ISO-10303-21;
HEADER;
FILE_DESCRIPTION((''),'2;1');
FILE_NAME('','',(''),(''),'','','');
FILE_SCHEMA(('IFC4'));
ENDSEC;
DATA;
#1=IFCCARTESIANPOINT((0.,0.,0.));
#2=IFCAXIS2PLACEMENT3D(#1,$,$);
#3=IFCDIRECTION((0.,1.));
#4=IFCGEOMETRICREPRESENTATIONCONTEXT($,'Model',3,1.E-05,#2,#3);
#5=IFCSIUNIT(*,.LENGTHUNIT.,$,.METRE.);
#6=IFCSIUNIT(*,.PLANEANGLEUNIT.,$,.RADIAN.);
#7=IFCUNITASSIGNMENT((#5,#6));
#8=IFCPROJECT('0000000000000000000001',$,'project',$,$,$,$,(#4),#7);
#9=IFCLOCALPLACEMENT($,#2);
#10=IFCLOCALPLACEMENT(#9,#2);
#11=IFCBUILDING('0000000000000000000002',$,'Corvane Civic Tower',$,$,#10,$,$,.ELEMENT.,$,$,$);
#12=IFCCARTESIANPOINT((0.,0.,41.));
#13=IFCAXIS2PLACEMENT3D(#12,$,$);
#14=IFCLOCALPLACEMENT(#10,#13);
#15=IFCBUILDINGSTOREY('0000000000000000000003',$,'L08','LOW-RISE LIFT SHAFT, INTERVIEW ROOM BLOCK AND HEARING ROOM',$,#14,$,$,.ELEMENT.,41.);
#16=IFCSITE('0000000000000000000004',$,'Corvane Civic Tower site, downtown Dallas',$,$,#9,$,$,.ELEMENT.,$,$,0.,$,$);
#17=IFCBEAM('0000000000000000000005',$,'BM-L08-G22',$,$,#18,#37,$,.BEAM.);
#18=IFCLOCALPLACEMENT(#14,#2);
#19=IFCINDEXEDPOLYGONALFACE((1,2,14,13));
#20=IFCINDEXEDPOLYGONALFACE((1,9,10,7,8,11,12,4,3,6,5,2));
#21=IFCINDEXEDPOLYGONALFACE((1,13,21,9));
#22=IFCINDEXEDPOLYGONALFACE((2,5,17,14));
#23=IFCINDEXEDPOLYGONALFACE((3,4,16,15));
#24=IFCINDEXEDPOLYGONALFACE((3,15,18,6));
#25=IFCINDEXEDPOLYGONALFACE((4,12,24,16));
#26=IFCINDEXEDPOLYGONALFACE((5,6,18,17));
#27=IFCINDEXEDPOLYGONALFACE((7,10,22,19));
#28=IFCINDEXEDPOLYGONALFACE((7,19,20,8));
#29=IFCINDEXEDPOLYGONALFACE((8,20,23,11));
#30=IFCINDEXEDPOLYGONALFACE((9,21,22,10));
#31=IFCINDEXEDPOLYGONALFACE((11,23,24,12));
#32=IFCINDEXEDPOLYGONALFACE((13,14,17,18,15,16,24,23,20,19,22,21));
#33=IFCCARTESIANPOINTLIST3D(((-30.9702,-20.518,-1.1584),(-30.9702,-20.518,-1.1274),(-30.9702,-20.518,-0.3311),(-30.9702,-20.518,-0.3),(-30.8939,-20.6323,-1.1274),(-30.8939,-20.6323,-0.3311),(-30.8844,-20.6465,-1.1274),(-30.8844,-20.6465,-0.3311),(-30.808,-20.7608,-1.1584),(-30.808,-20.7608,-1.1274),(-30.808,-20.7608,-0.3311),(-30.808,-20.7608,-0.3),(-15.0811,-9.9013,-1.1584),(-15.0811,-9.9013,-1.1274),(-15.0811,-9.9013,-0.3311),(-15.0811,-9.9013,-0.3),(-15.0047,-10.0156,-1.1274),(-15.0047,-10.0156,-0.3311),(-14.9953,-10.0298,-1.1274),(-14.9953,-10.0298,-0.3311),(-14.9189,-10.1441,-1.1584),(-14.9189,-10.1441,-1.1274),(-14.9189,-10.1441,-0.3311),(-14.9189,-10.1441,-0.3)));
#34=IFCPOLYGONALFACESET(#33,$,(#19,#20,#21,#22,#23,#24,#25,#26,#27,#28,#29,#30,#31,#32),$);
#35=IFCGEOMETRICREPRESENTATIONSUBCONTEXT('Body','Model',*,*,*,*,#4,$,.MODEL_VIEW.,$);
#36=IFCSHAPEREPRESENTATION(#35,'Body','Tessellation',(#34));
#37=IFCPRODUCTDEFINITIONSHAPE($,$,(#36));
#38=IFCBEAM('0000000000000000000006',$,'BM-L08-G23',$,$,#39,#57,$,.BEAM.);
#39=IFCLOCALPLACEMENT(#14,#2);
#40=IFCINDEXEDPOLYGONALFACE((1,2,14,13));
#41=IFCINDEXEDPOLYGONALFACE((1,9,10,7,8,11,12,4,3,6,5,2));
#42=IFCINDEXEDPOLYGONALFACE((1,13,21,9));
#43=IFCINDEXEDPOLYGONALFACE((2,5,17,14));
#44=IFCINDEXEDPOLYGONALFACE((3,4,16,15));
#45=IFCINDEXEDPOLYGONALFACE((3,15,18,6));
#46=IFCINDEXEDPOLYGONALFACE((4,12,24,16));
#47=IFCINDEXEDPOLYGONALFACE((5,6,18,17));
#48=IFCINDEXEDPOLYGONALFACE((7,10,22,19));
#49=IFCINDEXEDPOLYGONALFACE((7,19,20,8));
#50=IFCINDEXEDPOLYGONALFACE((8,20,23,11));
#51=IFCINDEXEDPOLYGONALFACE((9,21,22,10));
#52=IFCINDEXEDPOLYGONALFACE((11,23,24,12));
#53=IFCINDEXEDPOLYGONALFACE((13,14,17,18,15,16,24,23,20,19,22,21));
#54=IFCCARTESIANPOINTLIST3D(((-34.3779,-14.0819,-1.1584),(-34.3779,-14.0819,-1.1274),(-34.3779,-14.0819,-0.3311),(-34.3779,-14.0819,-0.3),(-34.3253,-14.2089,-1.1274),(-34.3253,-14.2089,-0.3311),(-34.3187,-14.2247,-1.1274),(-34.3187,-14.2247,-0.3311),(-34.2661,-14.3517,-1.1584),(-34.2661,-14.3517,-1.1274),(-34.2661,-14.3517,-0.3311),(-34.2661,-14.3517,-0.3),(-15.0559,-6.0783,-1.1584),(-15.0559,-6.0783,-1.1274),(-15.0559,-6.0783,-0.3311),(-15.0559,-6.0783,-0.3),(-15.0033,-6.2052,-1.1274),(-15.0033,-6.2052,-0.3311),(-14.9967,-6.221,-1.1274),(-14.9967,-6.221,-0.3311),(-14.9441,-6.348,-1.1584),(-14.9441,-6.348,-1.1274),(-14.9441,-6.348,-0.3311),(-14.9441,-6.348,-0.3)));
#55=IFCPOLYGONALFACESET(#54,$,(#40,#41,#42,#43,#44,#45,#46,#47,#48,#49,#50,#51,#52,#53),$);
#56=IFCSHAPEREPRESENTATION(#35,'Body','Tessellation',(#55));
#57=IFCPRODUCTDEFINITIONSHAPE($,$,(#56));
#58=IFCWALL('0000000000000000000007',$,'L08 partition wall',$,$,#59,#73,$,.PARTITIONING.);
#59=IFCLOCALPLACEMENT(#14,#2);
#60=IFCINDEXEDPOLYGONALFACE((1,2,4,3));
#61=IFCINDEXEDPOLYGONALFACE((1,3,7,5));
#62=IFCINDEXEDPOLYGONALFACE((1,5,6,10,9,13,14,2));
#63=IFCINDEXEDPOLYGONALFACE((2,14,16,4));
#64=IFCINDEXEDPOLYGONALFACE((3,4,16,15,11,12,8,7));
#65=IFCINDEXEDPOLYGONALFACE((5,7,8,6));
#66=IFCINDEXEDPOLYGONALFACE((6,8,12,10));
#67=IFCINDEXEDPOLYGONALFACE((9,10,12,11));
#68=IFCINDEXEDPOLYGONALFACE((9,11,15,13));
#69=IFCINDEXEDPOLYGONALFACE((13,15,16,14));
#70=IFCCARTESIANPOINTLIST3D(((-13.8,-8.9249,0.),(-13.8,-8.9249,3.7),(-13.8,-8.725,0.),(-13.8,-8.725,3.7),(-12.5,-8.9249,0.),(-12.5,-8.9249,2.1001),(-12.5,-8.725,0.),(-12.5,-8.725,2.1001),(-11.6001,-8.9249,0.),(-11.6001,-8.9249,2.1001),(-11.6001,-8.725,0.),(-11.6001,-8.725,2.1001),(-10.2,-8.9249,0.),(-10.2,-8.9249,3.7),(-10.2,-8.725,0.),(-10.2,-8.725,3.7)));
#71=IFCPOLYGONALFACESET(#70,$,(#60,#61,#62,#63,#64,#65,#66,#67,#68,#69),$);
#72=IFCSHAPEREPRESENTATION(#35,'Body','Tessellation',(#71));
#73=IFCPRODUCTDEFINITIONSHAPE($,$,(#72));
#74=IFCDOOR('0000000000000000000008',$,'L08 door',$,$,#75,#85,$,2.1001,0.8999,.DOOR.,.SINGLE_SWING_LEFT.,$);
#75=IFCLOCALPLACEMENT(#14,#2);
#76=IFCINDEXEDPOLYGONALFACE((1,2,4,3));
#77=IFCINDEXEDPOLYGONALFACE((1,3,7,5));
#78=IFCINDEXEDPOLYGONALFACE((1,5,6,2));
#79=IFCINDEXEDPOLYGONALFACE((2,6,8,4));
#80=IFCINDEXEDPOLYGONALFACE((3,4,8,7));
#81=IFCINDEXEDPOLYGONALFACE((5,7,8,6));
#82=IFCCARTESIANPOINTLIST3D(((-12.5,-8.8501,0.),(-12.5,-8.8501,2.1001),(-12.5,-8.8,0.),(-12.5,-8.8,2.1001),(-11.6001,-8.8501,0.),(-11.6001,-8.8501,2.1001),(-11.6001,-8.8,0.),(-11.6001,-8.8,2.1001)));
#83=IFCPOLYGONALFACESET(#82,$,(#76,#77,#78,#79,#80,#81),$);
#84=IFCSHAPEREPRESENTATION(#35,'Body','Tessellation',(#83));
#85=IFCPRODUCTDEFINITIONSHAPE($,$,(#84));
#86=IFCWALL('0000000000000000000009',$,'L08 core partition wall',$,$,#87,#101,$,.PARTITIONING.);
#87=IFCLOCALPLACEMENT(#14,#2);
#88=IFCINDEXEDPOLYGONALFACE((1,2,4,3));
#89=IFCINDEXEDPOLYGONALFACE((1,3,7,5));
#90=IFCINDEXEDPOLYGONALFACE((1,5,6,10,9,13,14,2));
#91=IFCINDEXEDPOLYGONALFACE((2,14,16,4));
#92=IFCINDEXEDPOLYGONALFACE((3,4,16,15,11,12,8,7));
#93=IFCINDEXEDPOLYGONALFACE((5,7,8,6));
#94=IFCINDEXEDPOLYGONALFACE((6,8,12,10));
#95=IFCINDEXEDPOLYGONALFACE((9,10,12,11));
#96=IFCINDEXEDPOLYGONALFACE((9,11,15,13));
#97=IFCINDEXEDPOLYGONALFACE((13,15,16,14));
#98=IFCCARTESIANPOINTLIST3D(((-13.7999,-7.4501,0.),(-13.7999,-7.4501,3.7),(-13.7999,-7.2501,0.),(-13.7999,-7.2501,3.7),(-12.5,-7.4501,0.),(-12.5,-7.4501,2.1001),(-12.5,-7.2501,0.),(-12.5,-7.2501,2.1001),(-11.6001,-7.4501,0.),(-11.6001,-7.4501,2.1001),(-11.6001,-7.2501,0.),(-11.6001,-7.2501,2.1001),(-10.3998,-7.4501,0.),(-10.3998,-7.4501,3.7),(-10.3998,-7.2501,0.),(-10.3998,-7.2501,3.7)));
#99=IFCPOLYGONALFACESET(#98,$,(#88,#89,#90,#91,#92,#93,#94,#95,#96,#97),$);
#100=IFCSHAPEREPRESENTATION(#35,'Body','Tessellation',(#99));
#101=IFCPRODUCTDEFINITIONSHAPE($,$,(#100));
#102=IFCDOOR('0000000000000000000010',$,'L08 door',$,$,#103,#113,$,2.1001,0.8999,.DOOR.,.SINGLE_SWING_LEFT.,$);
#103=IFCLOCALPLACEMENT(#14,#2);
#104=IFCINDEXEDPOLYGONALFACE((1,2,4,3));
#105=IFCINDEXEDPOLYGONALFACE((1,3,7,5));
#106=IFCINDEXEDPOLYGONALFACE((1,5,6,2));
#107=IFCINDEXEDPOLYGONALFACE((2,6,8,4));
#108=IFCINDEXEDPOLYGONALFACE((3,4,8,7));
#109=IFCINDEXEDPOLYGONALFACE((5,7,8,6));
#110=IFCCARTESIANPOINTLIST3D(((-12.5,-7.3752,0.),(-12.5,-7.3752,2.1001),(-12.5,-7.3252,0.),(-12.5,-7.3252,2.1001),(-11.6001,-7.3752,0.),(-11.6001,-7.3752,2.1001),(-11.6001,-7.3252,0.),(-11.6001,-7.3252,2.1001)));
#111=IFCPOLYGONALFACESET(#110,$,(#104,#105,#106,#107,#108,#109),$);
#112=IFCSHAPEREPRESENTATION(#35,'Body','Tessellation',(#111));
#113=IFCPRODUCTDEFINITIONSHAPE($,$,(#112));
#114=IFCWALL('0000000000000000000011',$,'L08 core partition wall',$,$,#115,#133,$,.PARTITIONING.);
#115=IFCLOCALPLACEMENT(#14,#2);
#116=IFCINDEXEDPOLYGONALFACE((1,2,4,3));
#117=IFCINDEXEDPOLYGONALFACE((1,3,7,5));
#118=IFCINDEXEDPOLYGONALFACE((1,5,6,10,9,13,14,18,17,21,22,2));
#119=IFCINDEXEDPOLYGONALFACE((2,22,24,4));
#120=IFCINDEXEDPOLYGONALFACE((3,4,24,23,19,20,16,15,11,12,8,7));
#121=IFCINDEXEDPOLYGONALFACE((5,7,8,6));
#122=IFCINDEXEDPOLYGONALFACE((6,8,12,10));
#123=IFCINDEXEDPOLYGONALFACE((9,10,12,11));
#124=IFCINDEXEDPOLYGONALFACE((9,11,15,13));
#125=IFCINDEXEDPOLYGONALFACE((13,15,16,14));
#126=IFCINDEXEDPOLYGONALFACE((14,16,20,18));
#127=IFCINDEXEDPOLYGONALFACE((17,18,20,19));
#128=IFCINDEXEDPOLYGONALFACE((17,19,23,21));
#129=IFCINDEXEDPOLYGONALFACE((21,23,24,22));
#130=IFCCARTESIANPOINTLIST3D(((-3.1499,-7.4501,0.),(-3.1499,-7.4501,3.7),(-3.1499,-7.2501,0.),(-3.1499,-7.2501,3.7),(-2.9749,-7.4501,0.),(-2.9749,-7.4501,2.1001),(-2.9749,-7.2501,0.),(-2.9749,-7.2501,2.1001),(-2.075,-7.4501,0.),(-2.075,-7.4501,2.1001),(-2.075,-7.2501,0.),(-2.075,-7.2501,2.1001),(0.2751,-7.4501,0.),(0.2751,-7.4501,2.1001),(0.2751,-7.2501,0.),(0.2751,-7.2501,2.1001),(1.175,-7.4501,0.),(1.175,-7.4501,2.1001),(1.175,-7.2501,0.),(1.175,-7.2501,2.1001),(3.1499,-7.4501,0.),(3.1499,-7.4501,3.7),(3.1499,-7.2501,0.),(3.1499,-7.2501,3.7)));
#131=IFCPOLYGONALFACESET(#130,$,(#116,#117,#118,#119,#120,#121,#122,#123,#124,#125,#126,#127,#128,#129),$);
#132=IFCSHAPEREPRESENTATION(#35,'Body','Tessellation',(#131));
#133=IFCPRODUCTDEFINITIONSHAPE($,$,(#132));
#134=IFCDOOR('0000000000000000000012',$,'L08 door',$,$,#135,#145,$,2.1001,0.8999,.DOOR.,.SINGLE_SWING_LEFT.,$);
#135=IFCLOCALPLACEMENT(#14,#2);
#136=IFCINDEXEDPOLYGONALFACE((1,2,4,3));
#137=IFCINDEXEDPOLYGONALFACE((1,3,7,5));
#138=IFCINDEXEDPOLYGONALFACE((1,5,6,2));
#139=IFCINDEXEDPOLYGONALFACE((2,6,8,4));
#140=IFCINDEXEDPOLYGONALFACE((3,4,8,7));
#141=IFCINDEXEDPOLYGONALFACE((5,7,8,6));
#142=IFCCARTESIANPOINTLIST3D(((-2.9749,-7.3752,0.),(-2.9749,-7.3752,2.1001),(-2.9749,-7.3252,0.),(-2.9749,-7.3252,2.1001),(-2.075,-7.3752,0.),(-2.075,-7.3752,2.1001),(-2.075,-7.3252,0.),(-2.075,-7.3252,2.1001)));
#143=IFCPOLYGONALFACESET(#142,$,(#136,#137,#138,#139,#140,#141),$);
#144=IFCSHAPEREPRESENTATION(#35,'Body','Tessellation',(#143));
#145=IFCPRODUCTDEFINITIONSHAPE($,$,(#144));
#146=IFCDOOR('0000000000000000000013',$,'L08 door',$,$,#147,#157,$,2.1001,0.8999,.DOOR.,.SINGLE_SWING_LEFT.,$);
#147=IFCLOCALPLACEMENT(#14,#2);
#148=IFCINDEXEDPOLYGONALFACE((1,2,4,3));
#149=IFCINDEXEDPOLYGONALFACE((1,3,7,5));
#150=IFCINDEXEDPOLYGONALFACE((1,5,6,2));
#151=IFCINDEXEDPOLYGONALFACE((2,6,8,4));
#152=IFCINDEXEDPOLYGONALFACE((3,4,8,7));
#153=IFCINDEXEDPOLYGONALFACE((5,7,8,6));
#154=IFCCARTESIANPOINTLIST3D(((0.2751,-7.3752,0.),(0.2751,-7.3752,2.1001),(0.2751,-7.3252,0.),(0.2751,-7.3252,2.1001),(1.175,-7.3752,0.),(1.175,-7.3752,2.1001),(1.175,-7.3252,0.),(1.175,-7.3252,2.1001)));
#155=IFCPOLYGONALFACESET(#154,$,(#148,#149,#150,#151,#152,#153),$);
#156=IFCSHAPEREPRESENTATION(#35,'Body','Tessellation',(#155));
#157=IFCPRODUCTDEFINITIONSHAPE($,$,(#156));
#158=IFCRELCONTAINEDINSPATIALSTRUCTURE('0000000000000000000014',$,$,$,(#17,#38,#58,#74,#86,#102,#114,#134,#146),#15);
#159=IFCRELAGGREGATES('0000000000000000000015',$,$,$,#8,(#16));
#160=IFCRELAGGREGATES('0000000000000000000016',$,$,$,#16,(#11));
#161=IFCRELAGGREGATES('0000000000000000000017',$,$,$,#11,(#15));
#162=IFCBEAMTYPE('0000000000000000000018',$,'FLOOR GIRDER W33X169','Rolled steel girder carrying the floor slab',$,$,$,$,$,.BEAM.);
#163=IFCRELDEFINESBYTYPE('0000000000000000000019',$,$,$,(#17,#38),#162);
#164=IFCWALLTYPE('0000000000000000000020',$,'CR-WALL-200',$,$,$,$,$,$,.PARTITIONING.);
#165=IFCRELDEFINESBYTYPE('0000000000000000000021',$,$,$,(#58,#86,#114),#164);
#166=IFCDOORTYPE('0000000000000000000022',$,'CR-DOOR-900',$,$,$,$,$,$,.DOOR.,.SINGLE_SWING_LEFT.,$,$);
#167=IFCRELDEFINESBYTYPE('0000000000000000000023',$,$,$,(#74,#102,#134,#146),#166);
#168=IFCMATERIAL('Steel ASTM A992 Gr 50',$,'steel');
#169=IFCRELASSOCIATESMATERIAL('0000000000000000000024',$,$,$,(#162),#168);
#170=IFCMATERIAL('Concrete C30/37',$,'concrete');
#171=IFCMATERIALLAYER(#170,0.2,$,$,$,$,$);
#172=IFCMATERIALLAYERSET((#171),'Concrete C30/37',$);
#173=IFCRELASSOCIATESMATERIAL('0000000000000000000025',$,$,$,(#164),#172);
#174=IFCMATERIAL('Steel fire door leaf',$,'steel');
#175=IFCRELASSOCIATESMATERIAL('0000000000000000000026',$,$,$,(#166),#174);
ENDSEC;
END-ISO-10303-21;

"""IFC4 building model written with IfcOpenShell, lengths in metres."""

from ifc_helpers import new_model, si_unit, direction, frame, frame_2d, origin, origin_2d, place, context, subcontext, project, spatial, rectangle, i_section, extrude, material, layer, layer_set, material_profile, profile_set, type_object, element, fill, save


model = new_model("IFC4")

# Units and contexts
model_context = context("Model", 3, precision=1e-05, world=origin(), true_north=direction((0.0, 1.0)))
body_context = subcontext(model_context, "Body", "Model", "MODEL_VIEW")
ifc_project = project(units=[si_unit("LENGTHUNIT", "METRE"), si_unit("PLANEANGLEUNIT", "RADIAN")], contexts=[model_context])

# Site, building, storey
site_placement = place(None, origin())
site = spatial("IfcSite", under=ifc_project, at=site_placement, Name="Corvane Civic Tower site, downtown Dallas", CompositionType="ELEMENT", RefElevation=0.0)
building_placement = place(site_placement, origin())
building = spatial("IfcBuilding", under=site, at=building_placement, Name="Corvane Civic Tower", CompositionType="ELEMENT")
storey_placement = place(building_placement, frame((0.0, 0.0, 41.0)))
storey = spatial("IfcBuildingStorey", under=building, at=storey_placement, Name="L08", Description="LOW-RISE LIFT SHAFT, INTERVIEW ROOM BLOCK AND HEARING ROOM", CompositionType="ELEMENT", Elevation=41.0)

# Beams
ifc_material_1 = material(Name="Steel ASTM A992 Gr 50", Category="steel")
ifc_material_profile = material_profile(ifc_material_1, i_section(OverallWidth=0.292, OverallDepth=0.8584, WebThickness=0.0171, FlangeThickness=0.031, at=origin_2d()), Name="W33X169")
ifc_profile_set = profile_set([ifc_material_profile], Name="Steel ASTM A992 Gr 50")
beam_type = type_object("IfcBeamType", Name="FLOOR GIRDER W33X169", Description="Rolled steel girder carrying the floor slab", PredefinedType="BEAM", material=ifc_profile_set)
beam_1_placement = place(storey_placement, frame((-15.0, -10.0227, -0.7292), z_axis=(-0.831472, -0.555567, 0.0), x_axis=(0.555567, -0.831472, 0.0)))
element("IfcBeam", 1, at=beam_1_placement, inside=storey, type_object=beam_type, Name="BM-L08-G22", PredefinedType="BEAM", context=body_context, shape_type="SweptSolid", body=[
    extrude(i_section(OverallWidth=0.292, OverallDepth=0.8584, WebThickness=0.0171, FlangeThickness=0.031, at=origin_2d()), origin(), (0.0, 0.0, 1.0), 19.1096),
])
beam_2_placement = place(storey_placement, frame((-15.0, -6.2131, -0.7292), z_axis=(-0.923876, -0.382692, 0.0), x_axis=(0.382692, -0.923876, 0.0)))
element("IfcBeam", 2, at=beam_2_placement, inside=storey, type_object=beam_type, Name="BM-L08-G23", PredefinedType="BEAM", context=body_context, shape_type="SweptSolid", body=[
    extrude(i_section(OverallWidth=0.292, OverallDepth=0.8584, WebThickness=0.0171, FlangeThickness=0.031, at=origin_2d()), origin(), (0.0, 0.0, 1.0), 20.9141),
])

# Walls, openings, doors
ifc_material_2 = material(Name="Concrete C30/37", Category="concrete")
ifc_layer_1 = layer(ifc_material_2, 0.2)
ifc_layer_set_1 = layer_set([ifc_layer_1], Name="Concrete C30/37")
wall_type_1 = type_object("IfcWallType", Name="CR-WALL-200", PredefinedType="PARTITIONING", material=ifc_layer_set_1)
wall_1_placement = place(storey_placement, frame((-13.8, -8.825, 0.0), z_axis=(0.0, 0.0, 1.0), x_axis=(1.0, 0.0, 0.0)))
wall_1 = element("IfcWall", 3, at=wall_1_placement, inside=storey, type_object=wall_type_1, Name="L08 partition wall", PredefinedType="PARTITIONING", context=body_context, shape_type="SweptSolid", body=[
    extrude(rectangle(XDim=3.6001, YDim=0.2, at=frame_2d((1.8, 0.0))), origin(), (0.0, 0.0, 1.0), 3.7),
])
opening_1_placement = place(wall_1_placement, frame((1.3, 0.0, 0.0)))
opening_1 = element("IfcOpeningElement", 4, at=opening_1_placement, cuts=wall_1, PredefinedType="OPENING", context=body_context, shape_type="SweptSolid", body=[
    extrude(rectangle(XDim=0.8999, YDim=2.1001, at=frame_2d((0.45, 1.05))), frame((0.0, 0.1099, 0.0), z_axis=(0.0, -1.0, 0.0), x_axis=(1.0, 0.0, 0.0)), (0.0, 0.0, 1.0), 0.22),
])
ifc_material_3 = material(Name="Steel fire door leaf", Category="steel")
door_type_1 = type_object("IfcDoorType", Name="CR-DOOR-900", OperationType="SINGLE_SWING_LEFT", PredefinedType="DOOR", material=ifc_material_3)
door_1_placement = place(opening_1_placement, origin())
door_1 = element("IfcDoor", 5, at=door_1_placement, inside=storey, type_object=door_type_1, Name="L08 door", OperationType="SINGLE_SWING_LEFT", OverallHeight=2.1001, OverallWidth=0.8999, PredefinedType="DOOR", context=body_context, shape_type="SweptSolid", body=[
    extrude(rectangle(XDim=0.8999, YDim=2.1001, at=frame_2d((0.45, 1.05))), frame((0.0, 0.0249, 0.0), z_axis=(0.0, -1.0, 0.0), x_axis=(1.0, 0.0, 0.0)), (0.0, 0.0, 1.0), 0.05),
])
fill(opening_1, door_1)
wall_2_placement = place(storey_placement, frame((-13.8, -7.3501, 0.0), z_axis=(0.0, 0.0, 1.0), x_axis=(1.0, 0.0, 0.0)))
wall_2 = element("IfcWall", 6, at=wall_2_placement, inside=storey, type_object=wall_type_1, Name="L08 core partition wall", PredefinedType="PARTITIONING", context=body_context, shape_type="SweptSolid", body=[
    extrude(rectangle(XDim=3.4001, YDim=0.2, at=frame_2d((1.7002, 0.0))), origin(), (0.0, 0.0, 1.0), 3.7),
])
opening_2_placement = place(wall_2_placement, frame((1.3, 0.0, 0.0)))
opening_2 = element("IfcOpeningElement", 7, at=opening_2_placement, cuts=wall_2, PredefinedType="OPENING", context=body_context, shape_type="SweptSolid", body=[
    extrude(rectangle(XDim=0.8999, YDim=2.1001, at=frame_2d((0.45, 1.05))), frame((0.0, 0.1099, 0.0), z_axis=(0.0, -1.0, 0.0), x_axis=(1.0, 0.0, 0.0)), (0.0, 0.0, 1.0), 0.22),
])
door_2_placement = place(opening_2_placement, origin())
door_2 = element("IfcDoor", 8, at=door_2_placement, inside=storey, type_object=door_type_1, Name="L08 door", OperationType="SINGLE_SWING_LEFT", OverallHeight=2.1001, OverallWidth=0.8999, PredefinedType="DOOR", context=body_context, shape_type="SweptSolid", body=[
    extrude(rectangle(XDim=0.8999, YDim=2.1001, at=frame_2d((0.45, 1.05))), frame((0.0, 0.0249, 0.0), z_axis=(0.0, -1.0, 0.0), x_axis=(1.0, 0.0, 0.0)), (0.0, 0.0, 1.0), 0.05),
])
fill(opening_2, door_2)

# Wall, openings, doors
wall_3_placement = place(storey_placement, frame((-3.1499, -7.3501, 0.0), z_axis=(0.0, 0.0, 1.0), x_axis=(1.0, 0.0, 0.0)))
wall_3 = element("IfcWall", 9, at=wall_3_placement, inside=storey, type_object=wall_type_1, Name="L08 core partition wall", PredefinedType="PARTITIONING", context=body_context, shape_type="SweptSolid", body=[
    extrude(rectangle(XDim=6.2998, YDim=0.2, at=frame_2d((3.1499, 0.0))), origin(), (0.0, 0.0, 1.0), 3.7),
])
opening_3_placement = place(wall_3_placement, frame((0.175, 0.0, 0.0)))
opening_3 = element("IfcOpeningElement", 10, at=opening_3_placement, cuts=wall_3, PredefinedType="OPENING", context=body_context, shape_type="SweptSolid", body=[
    extrude(rectangle(XDim=0.8999, YDim=2.1001, at=frame_2d((0.45, 1.05))), frame((0.0, 0.1099, 0.0), z_axis=(0.0, -1.0, 0.0), x_axis=(1.0, 0.0, 0.0)), (0.0, 0.0, 1.0), 0.22),
])
opening_4_placement = place(wall_3_placement, frame((3.425, 0.0, 0.0)))
opening_4 = element("IfcOpeningElement", 11, at=opening_4_placement, cuts=wall_3, PredefinedType="OPENING", context=body_context, shape_type="SweptSolid", body=[
    extrude(rectangle(XDim=0.8999, YDim=2.1001, at=frame_2d((0.45, 1.05))), frame((0.0, 0.1099, 0.0), z_axis=(0.0, -1.0, 0.0), x_axis=(1.0, 0.0, 0.0)), (0.0, 0.0, 1.0), 0.22),
])
door_3_placement = place(opening_3_placement, origin())
door_3 = element("IfcDoor", 12, at=door_3_placement, inside=storey, type_object=door_type_1, Name="L08 door", OperationType="SINGLE_SWING_LEFT", OverallHeight=2.1001, OverallWidth=0.8999, PredefinedType="DOOR", context=body_context, shape_type="SweptSolid", body=[
    extrude(rectangle(XDim=0.8999, YDim=2.1001, at=frame_2d((0.45, 1.05))), frame((0.0, 0.0249, 0.0), z_axis=(0.0, -1.0, 0.0), x_axis=(1.0, 0.0, 0.0)), (0.0, 0.0, 1.0), 0.05),
])
fill(opening_3, door_3)
door_4_placement = place(opening_4_placement, origin())
door_4 = element("IfcDoor", 13, at=door_4_placement, inside=storey, type_object=door_type_1, Name="L08 door", OperationType="SINGLE_SWING_LEFT", OverallHeight=2.1001, OverallWidth=0.8999, PredefinedType="DOOR", context=body_context, shape_type="SweptSolid", body=[
    extrude(rectangle(XDim=0.8999, YDim=2.1001, at=frame_2d((0.45, 1.05))), frame((0.0, 0.0249, 0.0), z_axis=(0.0, -1.0, 0.0), x_axis=(1.0, 0.0, 0.0)), (0.0, 0.0, 1.0), 0.05),
])
fill(opening_4, door_4)

save(model, "model.ifc")
